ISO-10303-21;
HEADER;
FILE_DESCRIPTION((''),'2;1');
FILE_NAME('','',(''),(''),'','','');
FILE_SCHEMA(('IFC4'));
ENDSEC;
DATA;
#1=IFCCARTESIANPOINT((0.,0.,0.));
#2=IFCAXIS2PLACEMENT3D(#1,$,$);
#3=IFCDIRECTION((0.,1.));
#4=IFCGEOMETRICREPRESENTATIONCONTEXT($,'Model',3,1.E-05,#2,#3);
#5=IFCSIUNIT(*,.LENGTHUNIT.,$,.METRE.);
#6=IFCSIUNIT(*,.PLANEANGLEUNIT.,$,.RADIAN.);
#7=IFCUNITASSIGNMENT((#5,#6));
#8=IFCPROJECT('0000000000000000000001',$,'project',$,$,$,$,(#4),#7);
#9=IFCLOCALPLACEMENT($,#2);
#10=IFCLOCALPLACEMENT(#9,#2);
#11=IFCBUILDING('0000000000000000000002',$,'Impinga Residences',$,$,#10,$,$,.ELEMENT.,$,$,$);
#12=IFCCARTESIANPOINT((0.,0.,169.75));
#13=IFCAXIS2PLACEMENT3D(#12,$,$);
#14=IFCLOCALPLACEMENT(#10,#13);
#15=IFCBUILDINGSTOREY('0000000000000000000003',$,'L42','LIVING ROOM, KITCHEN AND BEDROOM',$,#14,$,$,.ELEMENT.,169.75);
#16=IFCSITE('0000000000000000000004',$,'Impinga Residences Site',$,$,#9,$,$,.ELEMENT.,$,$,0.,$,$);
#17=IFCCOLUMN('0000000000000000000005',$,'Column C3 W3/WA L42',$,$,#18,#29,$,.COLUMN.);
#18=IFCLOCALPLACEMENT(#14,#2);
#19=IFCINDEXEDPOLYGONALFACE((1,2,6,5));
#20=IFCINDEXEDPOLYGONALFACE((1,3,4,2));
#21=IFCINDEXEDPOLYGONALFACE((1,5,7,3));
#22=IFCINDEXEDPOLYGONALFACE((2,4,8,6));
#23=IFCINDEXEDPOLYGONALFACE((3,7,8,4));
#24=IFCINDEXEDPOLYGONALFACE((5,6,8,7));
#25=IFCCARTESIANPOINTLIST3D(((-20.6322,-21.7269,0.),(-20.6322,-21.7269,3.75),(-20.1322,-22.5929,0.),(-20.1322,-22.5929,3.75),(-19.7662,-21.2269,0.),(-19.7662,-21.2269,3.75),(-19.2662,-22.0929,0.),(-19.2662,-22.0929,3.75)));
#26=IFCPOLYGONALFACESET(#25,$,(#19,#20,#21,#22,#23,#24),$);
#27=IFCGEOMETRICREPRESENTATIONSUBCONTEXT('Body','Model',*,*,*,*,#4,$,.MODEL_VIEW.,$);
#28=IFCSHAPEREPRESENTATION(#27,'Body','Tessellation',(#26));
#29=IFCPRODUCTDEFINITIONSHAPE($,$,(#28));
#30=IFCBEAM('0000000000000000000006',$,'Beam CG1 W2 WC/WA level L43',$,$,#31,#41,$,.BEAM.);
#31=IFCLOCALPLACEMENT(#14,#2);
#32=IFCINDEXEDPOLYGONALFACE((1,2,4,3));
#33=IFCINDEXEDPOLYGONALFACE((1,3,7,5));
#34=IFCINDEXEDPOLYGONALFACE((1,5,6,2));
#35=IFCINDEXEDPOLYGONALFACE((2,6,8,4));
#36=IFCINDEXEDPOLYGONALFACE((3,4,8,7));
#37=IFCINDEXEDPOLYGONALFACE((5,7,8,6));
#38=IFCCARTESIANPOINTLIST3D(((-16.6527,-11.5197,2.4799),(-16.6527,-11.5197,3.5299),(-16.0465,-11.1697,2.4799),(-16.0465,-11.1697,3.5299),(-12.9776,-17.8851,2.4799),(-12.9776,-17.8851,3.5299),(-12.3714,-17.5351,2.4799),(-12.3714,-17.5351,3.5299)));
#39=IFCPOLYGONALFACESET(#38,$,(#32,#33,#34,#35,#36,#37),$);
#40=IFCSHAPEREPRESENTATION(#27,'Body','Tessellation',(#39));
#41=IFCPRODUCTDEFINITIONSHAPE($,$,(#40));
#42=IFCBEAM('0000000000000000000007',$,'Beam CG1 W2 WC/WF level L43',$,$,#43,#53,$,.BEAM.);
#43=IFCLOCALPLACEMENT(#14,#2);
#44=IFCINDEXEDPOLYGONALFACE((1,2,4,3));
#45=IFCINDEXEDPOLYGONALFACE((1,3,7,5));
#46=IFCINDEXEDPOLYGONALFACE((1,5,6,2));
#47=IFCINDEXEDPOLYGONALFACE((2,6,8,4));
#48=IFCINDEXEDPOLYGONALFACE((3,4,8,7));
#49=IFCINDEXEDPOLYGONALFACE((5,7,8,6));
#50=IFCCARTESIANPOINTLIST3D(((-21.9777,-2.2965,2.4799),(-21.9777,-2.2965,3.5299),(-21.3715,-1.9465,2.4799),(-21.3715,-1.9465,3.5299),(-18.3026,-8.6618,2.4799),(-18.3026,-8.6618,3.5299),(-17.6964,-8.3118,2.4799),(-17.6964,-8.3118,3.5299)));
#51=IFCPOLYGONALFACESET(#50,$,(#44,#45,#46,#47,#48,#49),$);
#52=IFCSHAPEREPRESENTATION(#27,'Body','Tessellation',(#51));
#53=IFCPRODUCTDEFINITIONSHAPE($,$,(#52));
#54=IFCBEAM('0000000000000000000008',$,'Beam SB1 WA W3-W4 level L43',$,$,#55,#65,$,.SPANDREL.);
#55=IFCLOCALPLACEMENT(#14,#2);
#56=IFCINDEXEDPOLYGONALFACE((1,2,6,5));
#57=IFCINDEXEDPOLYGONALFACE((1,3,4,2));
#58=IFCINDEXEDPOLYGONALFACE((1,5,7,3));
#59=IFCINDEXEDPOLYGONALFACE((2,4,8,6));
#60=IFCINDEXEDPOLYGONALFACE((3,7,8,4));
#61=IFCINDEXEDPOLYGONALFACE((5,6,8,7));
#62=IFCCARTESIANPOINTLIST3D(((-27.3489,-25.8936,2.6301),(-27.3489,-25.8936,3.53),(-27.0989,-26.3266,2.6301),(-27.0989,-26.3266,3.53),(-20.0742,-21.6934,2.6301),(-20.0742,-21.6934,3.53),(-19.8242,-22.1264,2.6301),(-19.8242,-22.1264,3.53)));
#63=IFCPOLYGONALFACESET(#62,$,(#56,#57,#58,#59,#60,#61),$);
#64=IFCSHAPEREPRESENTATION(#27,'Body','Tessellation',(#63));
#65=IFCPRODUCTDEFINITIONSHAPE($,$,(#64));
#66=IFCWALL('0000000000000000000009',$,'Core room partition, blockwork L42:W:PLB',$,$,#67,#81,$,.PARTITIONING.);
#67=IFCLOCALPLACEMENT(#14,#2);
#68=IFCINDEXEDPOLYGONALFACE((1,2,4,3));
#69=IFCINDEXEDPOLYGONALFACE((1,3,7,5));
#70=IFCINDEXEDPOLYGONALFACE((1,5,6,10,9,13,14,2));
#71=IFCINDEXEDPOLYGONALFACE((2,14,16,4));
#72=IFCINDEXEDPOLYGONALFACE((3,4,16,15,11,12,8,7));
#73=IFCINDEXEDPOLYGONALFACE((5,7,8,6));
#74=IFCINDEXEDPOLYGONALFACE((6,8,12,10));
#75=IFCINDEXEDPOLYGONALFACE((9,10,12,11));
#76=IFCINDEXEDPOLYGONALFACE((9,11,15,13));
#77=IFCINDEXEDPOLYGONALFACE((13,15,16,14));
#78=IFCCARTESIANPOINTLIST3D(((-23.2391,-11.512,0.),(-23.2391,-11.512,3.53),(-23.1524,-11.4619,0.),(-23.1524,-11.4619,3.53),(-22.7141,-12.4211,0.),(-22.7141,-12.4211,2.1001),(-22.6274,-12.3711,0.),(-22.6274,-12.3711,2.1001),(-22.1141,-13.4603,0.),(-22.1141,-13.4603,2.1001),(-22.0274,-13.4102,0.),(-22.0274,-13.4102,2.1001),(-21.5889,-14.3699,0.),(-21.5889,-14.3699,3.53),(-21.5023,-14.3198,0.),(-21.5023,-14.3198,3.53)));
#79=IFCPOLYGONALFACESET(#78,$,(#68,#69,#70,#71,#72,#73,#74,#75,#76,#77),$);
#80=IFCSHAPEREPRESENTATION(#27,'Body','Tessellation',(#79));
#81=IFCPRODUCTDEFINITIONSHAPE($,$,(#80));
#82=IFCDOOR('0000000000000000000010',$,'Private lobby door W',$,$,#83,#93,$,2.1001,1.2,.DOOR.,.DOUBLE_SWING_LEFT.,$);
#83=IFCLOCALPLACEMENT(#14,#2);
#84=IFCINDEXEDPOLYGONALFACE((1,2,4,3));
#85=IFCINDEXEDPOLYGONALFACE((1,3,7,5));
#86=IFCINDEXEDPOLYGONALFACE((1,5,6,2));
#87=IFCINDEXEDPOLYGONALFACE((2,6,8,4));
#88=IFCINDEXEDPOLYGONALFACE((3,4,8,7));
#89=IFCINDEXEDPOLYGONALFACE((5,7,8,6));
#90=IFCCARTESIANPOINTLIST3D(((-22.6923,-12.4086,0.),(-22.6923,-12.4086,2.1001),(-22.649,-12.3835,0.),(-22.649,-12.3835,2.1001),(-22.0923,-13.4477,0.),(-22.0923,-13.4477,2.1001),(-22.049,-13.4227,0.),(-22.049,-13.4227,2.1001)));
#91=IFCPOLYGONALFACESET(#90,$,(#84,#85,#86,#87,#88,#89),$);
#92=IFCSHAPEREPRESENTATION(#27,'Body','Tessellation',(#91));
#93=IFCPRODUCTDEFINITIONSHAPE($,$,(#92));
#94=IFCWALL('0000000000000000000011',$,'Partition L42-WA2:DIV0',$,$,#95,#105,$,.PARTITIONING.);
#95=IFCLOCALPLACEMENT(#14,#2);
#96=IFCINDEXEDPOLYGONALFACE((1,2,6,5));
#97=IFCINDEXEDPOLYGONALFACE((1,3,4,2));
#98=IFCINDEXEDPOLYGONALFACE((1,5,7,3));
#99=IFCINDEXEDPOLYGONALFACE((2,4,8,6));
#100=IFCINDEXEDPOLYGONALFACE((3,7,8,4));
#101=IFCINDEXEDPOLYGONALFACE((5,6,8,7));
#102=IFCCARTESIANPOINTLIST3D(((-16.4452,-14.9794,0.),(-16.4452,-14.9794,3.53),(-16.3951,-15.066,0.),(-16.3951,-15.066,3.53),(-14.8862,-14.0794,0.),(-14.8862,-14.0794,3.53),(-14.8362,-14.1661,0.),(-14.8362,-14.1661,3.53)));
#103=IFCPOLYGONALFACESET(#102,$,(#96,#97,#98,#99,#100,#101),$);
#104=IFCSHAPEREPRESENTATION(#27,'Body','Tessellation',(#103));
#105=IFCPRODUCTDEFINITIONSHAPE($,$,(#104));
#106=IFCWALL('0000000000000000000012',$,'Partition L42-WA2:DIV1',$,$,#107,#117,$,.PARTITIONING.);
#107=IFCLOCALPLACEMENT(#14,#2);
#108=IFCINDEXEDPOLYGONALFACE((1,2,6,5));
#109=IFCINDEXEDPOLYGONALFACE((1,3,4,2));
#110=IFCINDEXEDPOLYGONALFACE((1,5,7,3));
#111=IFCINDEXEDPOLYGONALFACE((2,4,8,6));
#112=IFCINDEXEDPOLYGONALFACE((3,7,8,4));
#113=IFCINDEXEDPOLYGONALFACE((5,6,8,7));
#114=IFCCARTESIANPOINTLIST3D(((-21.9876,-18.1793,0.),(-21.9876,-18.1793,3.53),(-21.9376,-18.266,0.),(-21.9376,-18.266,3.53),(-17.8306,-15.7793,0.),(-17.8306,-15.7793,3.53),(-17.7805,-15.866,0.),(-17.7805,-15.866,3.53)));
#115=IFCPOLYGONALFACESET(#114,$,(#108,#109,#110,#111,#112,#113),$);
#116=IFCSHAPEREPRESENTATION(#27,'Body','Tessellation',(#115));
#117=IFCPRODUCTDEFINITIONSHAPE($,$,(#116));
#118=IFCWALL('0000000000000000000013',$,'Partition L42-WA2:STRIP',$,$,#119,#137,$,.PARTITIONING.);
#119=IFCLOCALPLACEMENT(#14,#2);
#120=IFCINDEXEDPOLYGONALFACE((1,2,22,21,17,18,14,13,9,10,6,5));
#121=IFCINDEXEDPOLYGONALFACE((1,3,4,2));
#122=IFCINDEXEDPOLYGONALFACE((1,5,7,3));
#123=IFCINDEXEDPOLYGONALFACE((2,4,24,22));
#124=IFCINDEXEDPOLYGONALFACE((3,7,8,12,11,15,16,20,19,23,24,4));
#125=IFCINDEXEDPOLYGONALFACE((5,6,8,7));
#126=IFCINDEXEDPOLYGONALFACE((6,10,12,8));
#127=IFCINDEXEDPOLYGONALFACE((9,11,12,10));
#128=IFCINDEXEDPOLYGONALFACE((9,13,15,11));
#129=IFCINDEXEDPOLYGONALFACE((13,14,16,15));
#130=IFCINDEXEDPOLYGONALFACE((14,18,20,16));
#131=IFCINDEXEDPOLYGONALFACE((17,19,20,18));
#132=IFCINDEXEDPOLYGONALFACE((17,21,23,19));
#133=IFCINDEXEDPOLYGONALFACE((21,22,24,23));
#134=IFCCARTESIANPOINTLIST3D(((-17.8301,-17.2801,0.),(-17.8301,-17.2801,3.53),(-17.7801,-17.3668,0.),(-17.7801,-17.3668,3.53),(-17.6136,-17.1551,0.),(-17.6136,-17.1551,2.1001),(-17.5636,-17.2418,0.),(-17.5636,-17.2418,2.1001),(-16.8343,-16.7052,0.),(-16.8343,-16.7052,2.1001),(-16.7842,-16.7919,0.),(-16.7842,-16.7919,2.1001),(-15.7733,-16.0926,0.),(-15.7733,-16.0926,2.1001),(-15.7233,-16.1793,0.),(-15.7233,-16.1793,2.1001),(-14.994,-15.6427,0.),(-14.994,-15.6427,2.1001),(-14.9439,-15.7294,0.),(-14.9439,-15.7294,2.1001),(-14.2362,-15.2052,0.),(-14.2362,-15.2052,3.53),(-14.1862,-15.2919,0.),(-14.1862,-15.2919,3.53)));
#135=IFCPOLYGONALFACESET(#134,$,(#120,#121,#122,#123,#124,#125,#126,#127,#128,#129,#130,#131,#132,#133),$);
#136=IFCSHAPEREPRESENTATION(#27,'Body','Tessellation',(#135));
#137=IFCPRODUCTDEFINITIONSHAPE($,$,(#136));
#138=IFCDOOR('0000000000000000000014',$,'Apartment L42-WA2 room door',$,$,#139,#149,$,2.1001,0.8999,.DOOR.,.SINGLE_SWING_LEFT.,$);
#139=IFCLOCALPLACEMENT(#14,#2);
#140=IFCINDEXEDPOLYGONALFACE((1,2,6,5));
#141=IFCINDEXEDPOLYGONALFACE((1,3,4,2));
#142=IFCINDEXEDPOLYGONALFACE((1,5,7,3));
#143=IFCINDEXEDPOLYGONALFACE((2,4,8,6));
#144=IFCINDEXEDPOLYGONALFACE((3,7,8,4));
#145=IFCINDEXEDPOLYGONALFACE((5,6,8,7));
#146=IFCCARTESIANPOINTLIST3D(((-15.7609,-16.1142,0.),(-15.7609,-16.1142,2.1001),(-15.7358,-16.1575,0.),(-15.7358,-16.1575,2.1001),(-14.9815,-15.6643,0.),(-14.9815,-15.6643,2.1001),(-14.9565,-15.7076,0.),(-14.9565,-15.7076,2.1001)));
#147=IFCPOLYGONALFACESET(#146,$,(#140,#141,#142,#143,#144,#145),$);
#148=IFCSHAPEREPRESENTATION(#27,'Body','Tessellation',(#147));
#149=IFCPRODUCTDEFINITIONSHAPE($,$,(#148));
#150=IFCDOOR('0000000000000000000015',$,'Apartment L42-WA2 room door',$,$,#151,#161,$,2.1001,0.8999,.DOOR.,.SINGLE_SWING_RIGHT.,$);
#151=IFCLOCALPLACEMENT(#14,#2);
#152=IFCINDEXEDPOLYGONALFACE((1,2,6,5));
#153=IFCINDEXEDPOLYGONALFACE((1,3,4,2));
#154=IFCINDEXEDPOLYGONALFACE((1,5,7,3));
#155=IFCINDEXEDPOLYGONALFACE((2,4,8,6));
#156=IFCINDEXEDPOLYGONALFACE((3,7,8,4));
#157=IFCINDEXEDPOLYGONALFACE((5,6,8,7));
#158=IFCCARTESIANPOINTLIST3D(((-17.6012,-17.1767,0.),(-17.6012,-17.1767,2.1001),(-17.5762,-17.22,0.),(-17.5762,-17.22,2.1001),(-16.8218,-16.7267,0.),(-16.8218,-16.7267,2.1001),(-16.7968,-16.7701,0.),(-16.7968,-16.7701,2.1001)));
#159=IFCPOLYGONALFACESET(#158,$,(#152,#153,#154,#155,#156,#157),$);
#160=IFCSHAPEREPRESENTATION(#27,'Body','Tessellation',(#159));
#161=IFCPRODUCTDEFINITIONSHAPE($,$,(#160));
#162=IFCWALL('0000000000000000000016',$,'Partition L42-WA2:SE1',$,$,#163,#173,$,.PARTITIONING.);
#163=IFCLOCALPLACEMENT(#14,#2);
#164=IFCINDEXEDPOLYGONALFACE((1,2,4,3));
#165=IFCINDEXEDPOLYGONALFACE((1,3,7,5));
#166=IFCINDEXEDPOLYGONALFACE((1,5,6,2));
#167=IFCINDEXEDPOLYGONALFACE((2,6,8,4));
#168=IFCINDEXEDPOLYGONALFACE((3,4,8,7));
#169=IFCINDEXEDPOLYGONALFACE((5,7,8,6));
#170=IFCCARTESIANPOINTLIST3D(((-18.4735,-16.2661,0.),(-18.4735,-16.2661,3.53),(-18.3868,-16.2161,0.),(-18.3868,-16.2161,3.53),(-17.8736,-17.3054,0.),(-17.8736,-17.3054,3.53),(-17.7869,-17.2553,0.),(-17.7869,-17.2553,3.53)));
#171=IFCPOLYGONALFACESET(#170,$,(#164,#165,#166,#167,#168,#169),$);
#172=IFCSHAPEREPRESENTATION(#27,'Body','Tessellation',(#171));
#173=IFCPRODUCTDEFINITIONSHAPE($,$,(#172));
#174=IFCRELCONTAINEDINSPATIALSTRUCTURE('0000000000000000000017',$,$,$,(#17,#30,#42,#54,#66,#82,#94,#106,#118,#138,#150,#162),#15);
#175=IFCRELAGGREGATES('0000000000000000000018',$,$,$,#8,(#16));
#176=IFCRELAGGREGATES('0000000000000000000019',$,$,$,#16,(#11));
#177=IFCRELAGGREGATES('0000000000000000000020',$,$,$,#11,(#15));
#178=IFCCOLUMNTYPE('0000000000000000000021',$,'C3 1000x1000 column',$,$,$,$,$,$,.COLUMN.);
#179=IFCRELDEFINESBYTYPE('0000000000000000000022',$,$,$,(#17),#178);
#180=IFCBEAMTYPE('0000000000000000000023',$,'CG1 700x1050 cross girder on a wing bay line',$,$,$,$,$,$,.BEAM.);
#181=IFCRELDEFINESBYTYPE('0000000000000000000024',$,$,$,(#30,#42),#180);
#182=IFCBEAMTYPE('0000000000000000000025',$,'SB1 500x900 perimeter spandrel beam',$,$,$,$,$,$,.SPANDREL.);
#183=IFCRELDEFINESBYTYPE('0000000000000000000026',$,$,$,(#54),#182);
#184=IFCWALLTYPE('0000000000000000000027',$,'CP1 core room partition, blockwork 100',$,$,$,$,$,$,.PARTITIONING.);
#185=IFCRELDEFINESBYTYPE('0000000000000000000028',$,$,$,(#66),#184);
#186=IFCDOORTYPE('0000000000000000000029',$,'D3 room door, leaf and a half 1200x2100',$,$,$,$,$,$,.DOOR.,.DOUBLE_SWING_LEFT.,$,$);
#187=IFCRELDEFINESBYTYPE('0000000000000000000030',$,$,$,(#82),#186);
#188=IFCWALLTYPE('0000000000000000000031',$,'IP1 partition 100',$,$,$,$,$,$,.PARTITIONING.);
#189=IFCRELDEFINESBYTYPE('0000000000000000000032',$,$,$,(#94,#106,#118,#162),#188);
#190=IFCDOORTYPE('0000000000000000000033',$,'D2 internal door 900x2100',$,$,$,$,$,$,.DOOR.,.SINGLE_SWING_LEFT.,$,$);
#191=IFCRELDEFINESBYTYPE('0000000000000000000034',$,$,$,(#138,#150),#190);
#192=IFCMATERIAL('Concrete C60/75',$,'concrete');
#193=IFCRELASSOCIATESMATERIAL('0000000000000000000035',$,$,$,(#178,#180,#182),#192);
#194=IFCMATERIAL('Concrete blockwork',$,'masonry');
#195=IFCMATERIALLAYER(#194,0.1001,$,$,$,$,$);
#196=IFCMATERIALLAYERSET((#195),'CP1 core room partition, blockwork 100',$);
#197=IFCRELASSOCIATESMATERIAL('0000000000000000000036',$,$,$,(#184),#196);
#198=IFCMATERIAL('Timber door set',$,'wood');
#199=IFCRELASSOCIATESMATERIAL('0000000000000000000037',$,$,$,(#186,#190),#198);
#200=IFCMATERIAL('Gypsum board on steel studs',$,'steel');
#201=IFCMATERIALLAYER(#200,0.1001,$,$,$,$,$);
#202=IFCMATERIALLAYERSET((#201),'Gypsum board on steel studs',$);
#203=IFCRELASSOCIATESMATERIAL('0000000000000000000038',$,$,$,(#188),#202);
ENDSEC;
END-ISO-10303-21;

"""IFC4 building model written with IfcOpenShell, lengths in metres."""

from ifc_helpers import new_model, si_unit, direction, frame, frame_2d, origin, origin_2d, place, context, subcontext, project, spatial, rectangle, extrude, material, layer, layer_set, material_profile, profile_set, type_object, element, fill, save


model = new_model("IFC4")

# Units and contexts
model_context = context("Model", 3, precision=1e-05, world=origin(), true_north=direction((0.0, 1.0)))
body_context = subcontext(model_context, "Body", "Model", "MODEL_VIEW")
ifc_project = project(units=[si_unit("LENGTHUNIT", "METRE"), si_unit("PLANEANGLEUNIT", "RADIAN")], contexts=[model_context])

# Site, building, storey
site_placement = place(None, origin())
site = spatial("IfcSite", under=ifc_project, at=site_placement, Name="Impinga Residences Site", CompositionType="ELEMENT", RefElevation=0.0)
building_placement = place(site_placement, origin())
building = spatial("IfcBuilding", under=site, at=building_placement, Name="Impinga Residences", CompositionType="ELEMENT")
storey_placement = place(building_placement, frame((0.0, 0.0, 169.75)))
storey = spatial("IfcBuildingStorey", under=building, at=storey_placement, Name="L42", Description="LIVING ROOM, KITCHEN AND BEDROOM", CompositionType="ELEMENT", Elevation=169.75)

# Column
ifc_material_1 = material(Name="Concrete C60/75", Category="concrete")
ifc_material_profile_1 = material_profile(ifc_material_1, rectangle(XDim=1.0, YDim=1.0, at=origin_2d()), Name="RC 1000x1000")
ifc_profile_set_1 = profile_set([ifc_material_profile_1], Name="Concrete C60/75")
column_type = type_object("IfcColumnType", Name="C3 1000x1000 column", PredefinedType="COLUMN", material=ifc_profile_set_1)
column_placement = place(storey_placement, frame((-19.9492, -21.9099, 0.0), z_axis=(0.0, 0.0, 1.0), x_axis=(-0.5, 0.866025, 0.0)))
element("IfcColumn", 1, at=column_placement, inside=storey, type_object=column_type, Name="Column C3 W3/WA L42", PredefinedType="COLUMN", context=body_context, shape_type="SweptSolid", body=[
    extrude(rectangle(XDim=1.0, YDim=1.0, at=origin_2d()), origin(), (0.0, 0.0, 1.0), 3.75),
])

# Beams
ifc_material_profile_2 = material_profile(ifc_material_1, rectangle(XDim=0.7, YDim=1.05, at=origin_2d()), Name="RC 700x1050")
ifc_profile_set_2 = profile_set([ifc_material_profile_2], Name="Concrete C60/75")
beam_type_1 = type_object("IfcBeamType", Name="CG1 700x1050 cross girder on a wing bay line", PredefinedType="BEAM", material=ifc_profile_set_2)
for number, where, z_axis, x_axis, name in (
    (2, (-16.3496, -11.3447, 3.0049), (0.500008, -0.866021, 0.0), (0.866021, 0.500008, 0.0), "Beam CG1 W2 WC/WA level L43"),
    (3, (-17.9995, -8.4868, 3.0049), (-0.500008, 0.866021, 0.0), (-0.866021, -0.500008, 0.0), "Beam CG1 W2 WC/WF level L43"),
):
    element("IfcBeam", number, at=place(storey_placement, frame(where, z_axis=z_axis, x_axis=x_axis)), inside=storey, type_object=beam_type_1, Name=name, PredefinedType="BEAM", context=body_context, shape_type="SweptSolid", body=[
        extrude(rectangle(XDim=0.7, YDim=1.05, at=origin_2d()), origin(), (0.0, 0.0, 1.0), 7.3501),
    ])
ifc_material_profile_3 = material_profile(ifc_material_1, rectangle(XDim=0.5, YDim=0.8999, at=origin_2d()), Name="RC 500x900")
ifc_profile_set_3 = profile_set([ifc_material_profile_3], Name="Concrete C60/75")
beam_type_2 = type_object("IfcBeamType", Name="SB1 500x900 perimeter spandrel beam", PredefinedType="SPANDREL", material=ifc_profile_set_3)
beam_placement = place(storey_placement, frame((-19.9492, -21.9099, 3.0801), z_axis=(-0.866017, -0.500015, 0.0), x_axis=(0.500015, -0.866017, 0.0)))
element("IfcBeam", 4, at=beam_placement, inside=storey, type_object=beam_type_2, Name="Beam SB1 WA W3-W4 level L43", PredefinedType="SPANDREL", context=body_context, shape_type="SweptSolid", body=[
    extrude(rectangle(XDim=0.5, YDim=0.8999, at=origin_2d()), origin(), (0.0, 0.0, 1.0), 8.4001),
])

# Wall, opening, door
ifc_material_2 = material(Name="Concrete blockwork", Category="masonry")
ifc_layer_1 = layer(ifc_material_2, 0.1001)
ifc_layer_set_1 = layer_set([ifc_layer_1], Name="CP1 core room partition, blockwork 100")
wall_type_1 = type_object("IfcWallType", Name="CP1 core room partition, blockwork 100", PredefinedType="PARTITIONING", material=ifc_layer_set_1)
wall_1_placement = place(storey_placement, frame((-21.5457, -14.3447, 0.0), z_axis=(0.0, 0.0, 1.0), x_axis=(-0.50003, 0.866008, 0.0)))
wall_1 = element("IfcWall", 5, at=wall_1_placement, inside=storey, type_object=wall_type_1, Name="Core room partition, blockwork L42:W:PLB", PredefinedType="PARTITIONING", context=body_context, shape_type="SweptSolid", body=[
    extrude(rectangle(XDim=3.3, YDim=0.1001, at=frame_2d((1.6499, 0.0))), origin(), (0.0, 0.0, 1.0), 3.53),
])
opening_1_placement = place(wall_1_placement, frame((1.05, 0.0, 0.0)))
opening_1 = element("IfcOpeningElement", 6, at=opening_1_placement, cuts=wall_1, PredefinedType="OPENING", context=body_context, shape_type="SweptSolid", body=[
    extrude(rectangle(XDim=1.2, YDim=2.1001, at=frame_2d((0.6001, 1.05))), frame((0.0, 0.0601, 0.0), z_axis=(0.0, -1.0, 0.0), x_axis=(1.0, 0.0, 0.0)), (0.0, 0.0, 1.0), 0.1201),
])
ifc_material_3 = material(Name="Timber door set", Category="wood")
door_type_1 = type_object("IfcDoorType", Name="D3 room door, leaf and a half 1200x2100", OperationType="DOUBLE_SWING_LEFT", PredefinedType="DOOR", material=ifc_material_3)
door_1_placement = place(opening_1_placement, origin())
door_1 = element("IfcDoor", 7, at=door_1_placement, inside=storey, type_object=door_type_1, Name="Private lobby door W", OperationType="DOUBLE_SWING_LEFT", OverallHeight=2.1001, OverallWidth=1.2, PredefinedType="DOOR", context=body_context, shape_type="SweptSolid", body=[
    extrude(rectangle(XDim=1.2, YDim=2.1001, at=frame_2d((0.6001, 1.05))), frame((0.0, 0.0249, 0.0), z_axis=(0.0, -1.0, 0.0), x_axis=(1.0, 0.0, 0.0)), (0.0, 0.0, 1.0), 0.05),
])
fill(opening_1, door_1)

# Walls
ifc_material_4 = material(Name="Gypsum board on steel studs", Category="steel")
ifc_layer_2 = layer(ifc_material_4, 0.1001)
ifc_layer_set_2 = layer_set([ifc_layer_2], Name="Gypsum board on steel studs")
wall_type_2 = type_object("IfcWallType", Name="IP1 partition 100", PredefinedType="PARTITIONING", material=ifc_layer_set_2)
wall_2_placement = place(storey_placement, frame((-14.8613, -14.1228, 0.0), z_axis=(0.0, 0.0, 1.0), x_axis=(-0.866048, -0.499961, 0.0)))
element("IfcWall", 8, at=wall_2_placement, inside=storey, type_object=wall_type_2, Name="Partition L42-WA2:DIV0", PredefinedType="PARTITIONING", context=body_context, shape_type="SweptSolid", body=[
    extrude(rectangle(XDim=1.8, YDim=0.1001, at=frame_2d((0.8999, 0.0))), origin(), (0.0, 0.0, 1.0), 3.53),
])
wall_3_placement = place(storey_placement, frame((-17.8057, -15.8228, 0.0), z_axis=(0.0, 0.0, 1.0), x_axis=(-0.866037, -0.499979, 0.0)))
element("IfcWall", 9, at=wall_3_placement, inside=storey, type_object=wall_type_2, Name="Partition L42-WA2:DIV1", PredefinedType="PARTITIONING", context=body_context, shape_type="SweptSolid", body=[
    extrude(rectangle(XDim=4.8, YDim=0.1001, at=frame_2d((2.3999, 0.0))), origin(), (0.0, 0.0, 1.0), 3.53),
])

# Wall, openings, doors
wall_4_placement = place(storey_placement, frame((-14.2112, -15.2485, 0.0), z_axis=(0.0, 0.0, 1.0), x_axis=(-0.86603, -0.499992, 0.0)))
wall_4 = element("IfcWall", 10, at=wall_4_placement, inside=storey, type_object=wall_type_2, Name="Partition L42-WA2:STRIP", PredefinedType="PARTITIONING", context=body_context, shape_type="SweptSolid", body=[
    extrude(rectangle(XDim=4.1499, YDim=0.1001, at=frame_2d((2.075, 0.0))), origin(), (0.0, 0.0, 1.0), 3.53),
])
opening_2_placement = place(wall_4_placement, frame((0.875, 0.0, 0.0)))
opening_2 = element("IfcOpeningElement", 11, at=opening_2_placement, cuts=wall_4, PredefinedType="OPENING", context=body_context, shape_type="SweptSolid", body=[
    extrude(rectangle(XDim=0.8999, YDim=2.1001, at=frame_2d((0.45, 1.05))), frame((0.0, 0.0601, 0.0), z_axis=(0.0, -1.0, 0.0), x_axis=(1.0, 0.0, 0.0)), (0.0, 0.0, 1.0), 0.1201),
])
opening_3_placement = place(wall_4_placement, frame((3.0, 0.0, 0.0)))
opening_3 = element("IfcOpeningElement", 12, at=opening_3_placement, cuts=wall_4, PredefinedType="OPENING", context=body_context, shape_type="SweptSolid", body=[
    extrude(rectangle(XDim=0.8999, YDim=2.1001, at=frame_2d((0.45, 1.05))), frame((0.0, 0.0601, 0.0), z_axis=(0.0, -1.0, 0.0), x_axis=(1.0, 0.0, 0.0)), (0.0, 0.0, 1.0), 0.1201),
])
door_type_2 = type_object("IfcDoorType", Name="D2 internal door 900x2100", OperationType="SINGLE_SWING_LEFT", PredefinedType="DOOR", material=ifc_material_3)
door_2_placement = place(opening_2_placement, origin())
door_2 = element("IfcDoor", 13, at=door_2_placement, inside=storey, type_object=door_type_2, Name="Apartment L42-WA2 room door", OperationType="SINGLE_SWING_LEFT", OverallHeight=2.1001, OverallWidth=0.8999, PredefinedType="DOOR", context=body_context, shape_type="SweptSolid", body=[
    extrude(rectangle(XDim=0.8999, YDim=2.1001, at=frame_2d((0.45, 1.05))), frame((0.0, 0.0249, 0.0), z_axis=(0.0, -1.0, 0.0), x_axis=(1.0, 0.0, 0.0)), (0.0, 0.0, 1.0), 0.05),
])
fill(opening_2, door_2)
door_3_placement = place(opening_3_placement, origin())
door_3 = element("IfcDoor", 14, at=door_3_placement, inside=storey, type_object=door_type_2, Name="Apartment L42-WA2 room door", OperationType="SINGLE_SWING_RIGHT", OverallHeight=2.1001, OverallWidth=0.8999, PredefinedType="DOOR", context=body_context, shape_type="SweptSolid", body=[
    extrude(rectangle(XDim=0.8999, YDim=2.1001, at=frame_2d((0.45, 1.05))), frame((0.0, 0.0249, 0.0), z_axis=(0.0, -1.0, 0.0), x_axis=(1.0, 0.0, 0.0)), (0.0, 0.0, 1.0), 0.05),
])
fill(opening_3, door_3)

# Wall
wall_5_placement = place(storey_placement, frame((-18.4302, -16.241, 0.0), z_axis=(0.0, 0.0, 1.0), x_axis=(0.499881, -0.866094, 0.0)))
element("IfcWall", 15, at=wall_5_placement, inside=storey, type_object=wall_type_2, Name="Partition L42-WA2:SE1", PredefinedType="PARTITIONING", context=body_context, shape_type="SweptSolid", body=[
    extrude(rectangle(XDim=1.2, YDim=0.1001, at=frame_2d((0.6001, 0.0))), origin(), (0.0, 0.0, 1.0), 3.53),
])

save(model, "model.ifc")
